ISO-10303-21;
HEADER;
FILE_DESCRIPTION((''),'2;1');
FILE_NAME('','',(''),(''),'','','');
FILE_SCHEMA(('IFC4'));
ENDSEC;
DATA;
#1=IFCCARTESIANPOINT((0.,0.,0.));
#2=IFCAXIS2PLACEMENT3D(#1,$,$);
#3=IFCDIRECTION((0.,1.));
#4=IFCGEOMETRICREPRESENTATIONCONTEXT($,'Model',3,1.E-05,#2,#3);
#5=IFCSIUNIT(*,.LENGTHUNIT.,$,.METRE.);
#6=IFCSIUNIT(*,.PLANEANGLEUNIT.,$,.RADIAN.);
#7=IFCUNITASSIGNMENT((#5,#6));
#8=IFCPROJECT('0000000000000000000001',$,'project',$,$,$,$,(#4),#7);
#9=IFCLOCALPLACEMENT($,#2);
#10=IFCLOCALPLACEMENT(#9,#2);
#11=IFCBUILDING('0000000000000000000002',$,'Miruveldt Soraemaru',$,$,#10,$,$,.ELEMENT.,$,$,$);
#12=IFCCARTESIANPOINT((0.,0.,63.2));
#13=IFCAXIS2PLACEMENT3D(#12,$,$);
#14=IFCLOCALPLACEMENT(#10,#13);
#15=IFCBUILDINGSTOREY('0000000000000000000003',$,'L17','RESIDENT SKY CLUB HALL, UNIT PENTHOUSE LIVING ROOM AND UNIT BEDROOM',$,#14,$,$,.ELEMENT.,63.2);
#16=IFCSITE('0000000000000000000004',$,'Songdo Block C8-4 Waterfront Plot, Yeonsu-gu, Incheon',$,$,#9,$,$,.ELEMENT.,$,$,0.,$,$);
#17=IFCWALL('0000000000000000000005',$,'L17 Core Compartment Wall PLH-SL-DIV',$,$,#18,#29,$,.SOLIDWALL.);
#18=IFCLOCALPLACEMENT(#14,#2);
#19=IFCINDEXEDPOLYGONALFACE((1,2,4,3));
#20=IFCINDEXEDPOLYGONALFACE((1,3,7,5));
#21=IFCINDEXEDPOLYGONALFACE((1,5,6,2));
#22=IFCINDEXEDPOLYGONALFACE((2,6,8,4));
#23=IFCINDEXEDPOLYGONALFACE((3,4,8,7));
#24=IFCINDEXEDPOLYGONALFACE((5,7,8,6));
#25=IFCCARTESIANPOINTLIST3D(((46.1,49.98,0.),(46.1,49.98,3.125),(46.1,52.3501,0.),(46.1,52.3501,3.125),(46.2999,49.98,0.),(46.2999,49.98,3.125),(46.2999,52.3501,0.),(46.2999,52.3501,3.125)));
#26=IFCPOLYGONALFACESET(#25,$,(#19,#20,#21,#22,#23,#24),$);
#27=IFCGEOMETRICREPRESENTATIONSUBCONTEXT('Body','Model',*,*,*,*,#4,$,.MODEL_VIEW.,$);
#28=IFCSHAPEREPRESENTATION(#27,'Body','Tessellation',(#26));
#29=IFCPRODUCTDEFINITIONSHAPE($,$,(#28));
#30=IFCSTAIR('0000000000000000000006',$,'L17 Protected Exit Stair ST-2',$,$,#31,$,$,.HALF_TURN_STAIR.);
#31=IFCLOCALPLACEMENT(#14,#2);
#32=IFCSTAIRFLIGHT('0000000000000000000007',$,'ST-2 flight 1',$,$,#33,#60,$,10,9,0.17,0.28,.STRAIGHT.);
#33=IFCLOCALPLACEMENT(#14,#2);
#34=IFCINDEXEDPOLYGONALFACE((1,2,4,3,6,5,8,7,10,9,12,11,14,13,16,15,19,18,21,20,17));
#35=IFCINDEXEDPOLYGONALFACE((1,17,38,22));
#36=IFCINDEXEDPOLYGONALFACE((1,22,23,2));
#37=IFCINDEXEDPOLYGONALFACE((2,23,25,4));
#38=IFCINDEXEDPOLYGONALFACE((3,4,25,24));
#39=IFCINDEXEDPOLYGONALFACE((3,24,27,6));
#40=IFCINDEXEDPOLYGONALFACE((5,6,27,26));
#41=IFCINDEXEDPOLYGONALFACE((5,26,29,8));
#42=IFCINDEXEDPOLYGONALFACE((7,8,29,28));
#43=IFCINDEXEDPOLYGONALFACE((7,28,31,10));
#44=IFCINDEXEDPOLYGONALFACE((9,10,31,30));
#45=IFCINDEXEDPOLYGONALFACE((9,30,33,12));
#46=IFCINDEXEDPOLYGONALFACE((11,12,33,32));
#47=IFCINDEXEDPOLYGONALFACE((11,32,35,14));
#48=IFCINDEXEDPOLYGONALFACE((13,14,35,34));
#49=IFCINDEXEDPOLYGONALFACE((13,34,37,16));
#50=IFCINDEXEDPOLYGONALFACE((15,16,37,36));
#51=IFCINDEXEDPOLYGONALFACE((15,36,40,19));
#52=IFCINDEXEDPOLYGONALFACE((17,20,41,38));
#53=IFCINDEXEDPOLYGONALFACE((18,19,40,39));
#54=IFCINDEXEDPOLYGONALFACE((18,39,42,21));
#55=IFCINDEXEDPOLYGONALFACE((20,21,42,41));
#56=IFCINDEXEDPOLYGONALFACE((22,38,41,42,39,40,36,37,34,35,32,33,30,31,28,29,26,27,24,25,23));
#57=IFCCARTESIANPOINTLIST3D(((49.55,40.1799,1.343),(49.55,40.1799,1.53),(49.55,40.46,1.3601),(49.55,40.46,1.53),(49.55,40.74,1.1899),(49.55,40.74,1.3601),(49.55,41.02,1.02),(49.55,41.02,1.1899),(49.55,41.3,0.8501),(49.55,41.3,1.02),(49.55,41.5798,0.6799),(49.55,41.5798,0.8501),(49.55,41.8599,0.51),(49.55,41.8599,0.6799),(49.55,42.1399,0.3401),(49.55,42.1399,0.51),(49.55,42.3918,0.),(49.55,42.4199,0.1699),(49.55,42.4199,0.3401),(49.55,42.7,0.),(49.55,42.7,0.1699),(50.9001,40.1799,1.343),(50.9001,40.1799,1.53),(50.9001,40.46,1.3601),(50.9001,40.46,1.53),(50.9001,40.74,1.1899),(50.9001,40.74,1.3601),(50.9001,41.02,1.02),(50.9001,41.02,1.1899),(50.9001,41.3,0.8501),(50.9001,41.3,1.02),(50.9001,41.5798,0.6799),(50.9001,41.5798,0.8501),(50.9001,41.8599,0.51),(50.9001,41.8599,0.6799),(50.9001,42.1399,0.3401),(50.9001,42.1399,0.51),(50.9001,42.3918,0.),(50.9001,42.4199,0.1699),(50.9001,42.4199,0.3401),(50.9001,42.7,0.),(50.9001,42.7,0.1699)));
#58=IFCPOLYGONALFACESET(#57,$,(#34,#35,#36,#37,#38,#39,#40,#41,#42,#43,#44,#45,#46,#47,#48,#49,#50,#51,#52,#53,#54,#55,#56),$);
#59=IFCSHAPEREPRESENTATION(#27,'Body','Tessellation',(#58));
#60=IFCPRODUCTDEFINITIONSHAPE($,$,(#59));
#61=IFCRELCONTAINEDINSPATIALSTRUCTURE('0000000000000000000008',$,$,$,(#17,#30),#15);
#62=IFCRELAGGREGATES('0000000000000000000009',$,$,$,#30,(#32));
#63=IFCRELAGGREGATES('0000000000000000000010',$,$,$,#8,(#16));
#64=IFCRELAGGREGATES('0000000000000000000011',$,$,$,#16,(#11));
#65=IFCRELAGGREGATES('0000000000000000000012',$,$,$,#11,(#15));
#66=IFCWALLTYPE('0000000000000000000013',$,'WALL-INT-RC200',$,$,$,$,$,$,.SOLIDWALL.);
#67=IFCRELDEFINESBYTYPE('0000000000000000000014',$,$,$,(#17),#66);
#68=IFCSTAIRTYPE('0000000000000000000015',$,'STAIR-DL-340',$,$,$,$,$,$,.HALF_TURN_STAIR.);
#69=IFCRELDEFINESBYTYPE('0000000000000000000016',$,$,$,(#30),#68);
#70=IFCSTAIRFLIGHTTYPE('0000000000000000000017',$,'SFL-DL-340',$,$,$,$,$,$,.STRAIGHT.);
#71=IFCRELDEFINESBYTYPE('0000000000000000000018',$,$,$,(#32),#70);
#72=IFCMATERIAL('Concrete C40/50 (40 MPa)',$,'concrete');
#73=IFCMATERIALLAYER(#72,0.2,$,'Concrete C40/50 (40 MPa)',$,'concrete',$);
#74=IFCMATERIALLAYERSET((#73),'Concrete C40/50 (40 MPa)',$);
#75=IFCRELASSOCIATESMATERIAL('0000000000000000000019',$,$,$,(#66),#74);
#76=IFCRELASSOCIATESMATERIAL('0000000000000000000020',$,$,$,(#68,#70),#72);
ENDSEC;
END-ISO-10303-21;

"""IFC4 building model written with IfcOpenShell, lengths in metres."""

from ifc_helpers import new_model, si_unit, direction, frame, frame_2d, origin, place, context, subcontext, project, spatial, polyline, rectangle, outline, extrude, material, layer, layer_set, type_object, element, aggregate, save


model = new_model("IFC4")

# Units and contexts
model_context = context("Model", 3, precision=1e-05, world=origin(), true_north=direction((0.0, 1.0)))
body_context = subcontext(model_context, "Body", "Model", "MODEL_VIEW")
ifc_project = project(units=[si_unit("LENGTHUNIT", "METRE"), si_unit("PLANEANGLEUNIT", "RADIAN")], contexts=[model_context])

# Site, building, storey
site_placement = place(None, origin())
site = spatial("IfcSite", under=ifc_project, at=site_placement, Name="Songdo Block C8-4 Waterfront Plot, Yeonsu-gu, Incheon", CompositionType="ELEMENT", RefElevation=0.0)
building_placement = place(site_placement, origin())
building = spatial("IfcBuilding", under=site, at=building_placement, Name="Miruveldt Soraemaru", CompositionType="ELEMENT")
storey_placement = place(building_placement, frame((0.0, 0.0, 63.2)))
storey = spatial("IfcBuildingStorey", under=building, at=storey_placement, Name="L17", Description="RESIDENT SKY CLUB HALL, UNIT PENTHOUSE LIVING ROOM AND UNIT BEDROOM", CompositionType="ELEMENT", Elevation=63.2)

# Shared definitions
ifc_material_1 = material(Name="Concrete C40/50 (40 MPa)", Category="concrete")

# Shared definitions
ifc_layer_1 = layer(ifc_material_1, 0.2, Name="Concrete C40/50 (40 MPa)", Category="concrete")
ifc_layer_set_1 = layer_set([ifc_layer_1], Name="Concrete C40/50 (40 MPa)")
wall_type_1 = type_object("IfcWallType", Name="WALL-INT-RC200", PredefinedType="SOLIDWALL", material=ifc_layer_set_1)

# Wall
wall_1_placement = place(storey_placement, frame((46.2, 49.98, 0.0), z_axis=(0.0, 0.0, 1.0), x_axis=(0.0, 1.0, 0.0)))
element("IfcWall", 1, at=wall_1_placement, inside=storey, type_object=wall_type_1, Name="L17 Core Compartment Wall PLH-SL-DIV", PredefinedType="SOLIDWALL", context=body_context, shape_type="SweptSolid", body=[
    extrude(rectangle(XDim=2.3701, YDim=0.2, at=frame_2d((1.1851, 0.0))), origin(), (0.0, 0.0, 1.0), 3.125),
])

# Stair, stair flight
stair_type = type_object("IfcStairType", Name="STAIR-DL-340", PredefinedType="HALF_TURN_STAIR", material=ifc_material_1)
stair_placement = place(storey_placement, origin())
stair = element("IfcStair", 2, at=stair_placement, inside=storey, type_object=stair_type, Name="L17 Protected Exit Stair ST-2", PredefinedType="HALF_TURN_STAIR")
stair_flight_type = type_object("IfcStairFlightType", Name="SFL-DL-340", PredefinedType="STRAIGHT", material=ifc_material_1)
stair_flight_placement = place(storey_placement, frame((50.2251, 42.7, 0.0), z_axis=(0.0, 0.0, 1.0), x_axis=(0.0, -1.0, 0.0)))
stair_flight = element("IfcStairFlight", 3, at=stair_flight_placement, type_object=stair_flight_type, Name="ST-2 flight 1", NumberOfRisers=10, NumberOfTreads=9, PredefinedType="STRAIGHT", RiserHeight=0.17, TreadLength=0.28, context=body_context, shape_type="SweptSolid", body=[
    extrude(outline(polyline([(0.0, 0.0), (0.0, 0.1699), (0.28, 0.1699), (0.28, 0.3401), (0.5601, 0.3401), (0.5601, 0.51), (0.8401, 0.51), (0.8401, 0.6799), (1.1201, 0.6799), (1.1201, 0.8501), (1.3999, 0.8501), (1.3999, 1.02), (1.6799, 1.02), (1.6799, 1.1899), (1.96, 1.1899), (1.96, 1.3601), (2.24, 1.3601), (2.24, 1.53), (2.52, 1.53), (2.52, 1.7), (2.52, 1.343), (0.3081, 0.0), (0.0, 0.0)])), frame((0.0, 0.675, 0.0), z_axis=(0.0, -1.0, 0.0), x_axis=(1.0, 0.0, 0.0)), (0.0, 0.0, 1.0), 1.3501),
])
aggregate(stair, [stair_flight])

save(model, "model.ifc")
